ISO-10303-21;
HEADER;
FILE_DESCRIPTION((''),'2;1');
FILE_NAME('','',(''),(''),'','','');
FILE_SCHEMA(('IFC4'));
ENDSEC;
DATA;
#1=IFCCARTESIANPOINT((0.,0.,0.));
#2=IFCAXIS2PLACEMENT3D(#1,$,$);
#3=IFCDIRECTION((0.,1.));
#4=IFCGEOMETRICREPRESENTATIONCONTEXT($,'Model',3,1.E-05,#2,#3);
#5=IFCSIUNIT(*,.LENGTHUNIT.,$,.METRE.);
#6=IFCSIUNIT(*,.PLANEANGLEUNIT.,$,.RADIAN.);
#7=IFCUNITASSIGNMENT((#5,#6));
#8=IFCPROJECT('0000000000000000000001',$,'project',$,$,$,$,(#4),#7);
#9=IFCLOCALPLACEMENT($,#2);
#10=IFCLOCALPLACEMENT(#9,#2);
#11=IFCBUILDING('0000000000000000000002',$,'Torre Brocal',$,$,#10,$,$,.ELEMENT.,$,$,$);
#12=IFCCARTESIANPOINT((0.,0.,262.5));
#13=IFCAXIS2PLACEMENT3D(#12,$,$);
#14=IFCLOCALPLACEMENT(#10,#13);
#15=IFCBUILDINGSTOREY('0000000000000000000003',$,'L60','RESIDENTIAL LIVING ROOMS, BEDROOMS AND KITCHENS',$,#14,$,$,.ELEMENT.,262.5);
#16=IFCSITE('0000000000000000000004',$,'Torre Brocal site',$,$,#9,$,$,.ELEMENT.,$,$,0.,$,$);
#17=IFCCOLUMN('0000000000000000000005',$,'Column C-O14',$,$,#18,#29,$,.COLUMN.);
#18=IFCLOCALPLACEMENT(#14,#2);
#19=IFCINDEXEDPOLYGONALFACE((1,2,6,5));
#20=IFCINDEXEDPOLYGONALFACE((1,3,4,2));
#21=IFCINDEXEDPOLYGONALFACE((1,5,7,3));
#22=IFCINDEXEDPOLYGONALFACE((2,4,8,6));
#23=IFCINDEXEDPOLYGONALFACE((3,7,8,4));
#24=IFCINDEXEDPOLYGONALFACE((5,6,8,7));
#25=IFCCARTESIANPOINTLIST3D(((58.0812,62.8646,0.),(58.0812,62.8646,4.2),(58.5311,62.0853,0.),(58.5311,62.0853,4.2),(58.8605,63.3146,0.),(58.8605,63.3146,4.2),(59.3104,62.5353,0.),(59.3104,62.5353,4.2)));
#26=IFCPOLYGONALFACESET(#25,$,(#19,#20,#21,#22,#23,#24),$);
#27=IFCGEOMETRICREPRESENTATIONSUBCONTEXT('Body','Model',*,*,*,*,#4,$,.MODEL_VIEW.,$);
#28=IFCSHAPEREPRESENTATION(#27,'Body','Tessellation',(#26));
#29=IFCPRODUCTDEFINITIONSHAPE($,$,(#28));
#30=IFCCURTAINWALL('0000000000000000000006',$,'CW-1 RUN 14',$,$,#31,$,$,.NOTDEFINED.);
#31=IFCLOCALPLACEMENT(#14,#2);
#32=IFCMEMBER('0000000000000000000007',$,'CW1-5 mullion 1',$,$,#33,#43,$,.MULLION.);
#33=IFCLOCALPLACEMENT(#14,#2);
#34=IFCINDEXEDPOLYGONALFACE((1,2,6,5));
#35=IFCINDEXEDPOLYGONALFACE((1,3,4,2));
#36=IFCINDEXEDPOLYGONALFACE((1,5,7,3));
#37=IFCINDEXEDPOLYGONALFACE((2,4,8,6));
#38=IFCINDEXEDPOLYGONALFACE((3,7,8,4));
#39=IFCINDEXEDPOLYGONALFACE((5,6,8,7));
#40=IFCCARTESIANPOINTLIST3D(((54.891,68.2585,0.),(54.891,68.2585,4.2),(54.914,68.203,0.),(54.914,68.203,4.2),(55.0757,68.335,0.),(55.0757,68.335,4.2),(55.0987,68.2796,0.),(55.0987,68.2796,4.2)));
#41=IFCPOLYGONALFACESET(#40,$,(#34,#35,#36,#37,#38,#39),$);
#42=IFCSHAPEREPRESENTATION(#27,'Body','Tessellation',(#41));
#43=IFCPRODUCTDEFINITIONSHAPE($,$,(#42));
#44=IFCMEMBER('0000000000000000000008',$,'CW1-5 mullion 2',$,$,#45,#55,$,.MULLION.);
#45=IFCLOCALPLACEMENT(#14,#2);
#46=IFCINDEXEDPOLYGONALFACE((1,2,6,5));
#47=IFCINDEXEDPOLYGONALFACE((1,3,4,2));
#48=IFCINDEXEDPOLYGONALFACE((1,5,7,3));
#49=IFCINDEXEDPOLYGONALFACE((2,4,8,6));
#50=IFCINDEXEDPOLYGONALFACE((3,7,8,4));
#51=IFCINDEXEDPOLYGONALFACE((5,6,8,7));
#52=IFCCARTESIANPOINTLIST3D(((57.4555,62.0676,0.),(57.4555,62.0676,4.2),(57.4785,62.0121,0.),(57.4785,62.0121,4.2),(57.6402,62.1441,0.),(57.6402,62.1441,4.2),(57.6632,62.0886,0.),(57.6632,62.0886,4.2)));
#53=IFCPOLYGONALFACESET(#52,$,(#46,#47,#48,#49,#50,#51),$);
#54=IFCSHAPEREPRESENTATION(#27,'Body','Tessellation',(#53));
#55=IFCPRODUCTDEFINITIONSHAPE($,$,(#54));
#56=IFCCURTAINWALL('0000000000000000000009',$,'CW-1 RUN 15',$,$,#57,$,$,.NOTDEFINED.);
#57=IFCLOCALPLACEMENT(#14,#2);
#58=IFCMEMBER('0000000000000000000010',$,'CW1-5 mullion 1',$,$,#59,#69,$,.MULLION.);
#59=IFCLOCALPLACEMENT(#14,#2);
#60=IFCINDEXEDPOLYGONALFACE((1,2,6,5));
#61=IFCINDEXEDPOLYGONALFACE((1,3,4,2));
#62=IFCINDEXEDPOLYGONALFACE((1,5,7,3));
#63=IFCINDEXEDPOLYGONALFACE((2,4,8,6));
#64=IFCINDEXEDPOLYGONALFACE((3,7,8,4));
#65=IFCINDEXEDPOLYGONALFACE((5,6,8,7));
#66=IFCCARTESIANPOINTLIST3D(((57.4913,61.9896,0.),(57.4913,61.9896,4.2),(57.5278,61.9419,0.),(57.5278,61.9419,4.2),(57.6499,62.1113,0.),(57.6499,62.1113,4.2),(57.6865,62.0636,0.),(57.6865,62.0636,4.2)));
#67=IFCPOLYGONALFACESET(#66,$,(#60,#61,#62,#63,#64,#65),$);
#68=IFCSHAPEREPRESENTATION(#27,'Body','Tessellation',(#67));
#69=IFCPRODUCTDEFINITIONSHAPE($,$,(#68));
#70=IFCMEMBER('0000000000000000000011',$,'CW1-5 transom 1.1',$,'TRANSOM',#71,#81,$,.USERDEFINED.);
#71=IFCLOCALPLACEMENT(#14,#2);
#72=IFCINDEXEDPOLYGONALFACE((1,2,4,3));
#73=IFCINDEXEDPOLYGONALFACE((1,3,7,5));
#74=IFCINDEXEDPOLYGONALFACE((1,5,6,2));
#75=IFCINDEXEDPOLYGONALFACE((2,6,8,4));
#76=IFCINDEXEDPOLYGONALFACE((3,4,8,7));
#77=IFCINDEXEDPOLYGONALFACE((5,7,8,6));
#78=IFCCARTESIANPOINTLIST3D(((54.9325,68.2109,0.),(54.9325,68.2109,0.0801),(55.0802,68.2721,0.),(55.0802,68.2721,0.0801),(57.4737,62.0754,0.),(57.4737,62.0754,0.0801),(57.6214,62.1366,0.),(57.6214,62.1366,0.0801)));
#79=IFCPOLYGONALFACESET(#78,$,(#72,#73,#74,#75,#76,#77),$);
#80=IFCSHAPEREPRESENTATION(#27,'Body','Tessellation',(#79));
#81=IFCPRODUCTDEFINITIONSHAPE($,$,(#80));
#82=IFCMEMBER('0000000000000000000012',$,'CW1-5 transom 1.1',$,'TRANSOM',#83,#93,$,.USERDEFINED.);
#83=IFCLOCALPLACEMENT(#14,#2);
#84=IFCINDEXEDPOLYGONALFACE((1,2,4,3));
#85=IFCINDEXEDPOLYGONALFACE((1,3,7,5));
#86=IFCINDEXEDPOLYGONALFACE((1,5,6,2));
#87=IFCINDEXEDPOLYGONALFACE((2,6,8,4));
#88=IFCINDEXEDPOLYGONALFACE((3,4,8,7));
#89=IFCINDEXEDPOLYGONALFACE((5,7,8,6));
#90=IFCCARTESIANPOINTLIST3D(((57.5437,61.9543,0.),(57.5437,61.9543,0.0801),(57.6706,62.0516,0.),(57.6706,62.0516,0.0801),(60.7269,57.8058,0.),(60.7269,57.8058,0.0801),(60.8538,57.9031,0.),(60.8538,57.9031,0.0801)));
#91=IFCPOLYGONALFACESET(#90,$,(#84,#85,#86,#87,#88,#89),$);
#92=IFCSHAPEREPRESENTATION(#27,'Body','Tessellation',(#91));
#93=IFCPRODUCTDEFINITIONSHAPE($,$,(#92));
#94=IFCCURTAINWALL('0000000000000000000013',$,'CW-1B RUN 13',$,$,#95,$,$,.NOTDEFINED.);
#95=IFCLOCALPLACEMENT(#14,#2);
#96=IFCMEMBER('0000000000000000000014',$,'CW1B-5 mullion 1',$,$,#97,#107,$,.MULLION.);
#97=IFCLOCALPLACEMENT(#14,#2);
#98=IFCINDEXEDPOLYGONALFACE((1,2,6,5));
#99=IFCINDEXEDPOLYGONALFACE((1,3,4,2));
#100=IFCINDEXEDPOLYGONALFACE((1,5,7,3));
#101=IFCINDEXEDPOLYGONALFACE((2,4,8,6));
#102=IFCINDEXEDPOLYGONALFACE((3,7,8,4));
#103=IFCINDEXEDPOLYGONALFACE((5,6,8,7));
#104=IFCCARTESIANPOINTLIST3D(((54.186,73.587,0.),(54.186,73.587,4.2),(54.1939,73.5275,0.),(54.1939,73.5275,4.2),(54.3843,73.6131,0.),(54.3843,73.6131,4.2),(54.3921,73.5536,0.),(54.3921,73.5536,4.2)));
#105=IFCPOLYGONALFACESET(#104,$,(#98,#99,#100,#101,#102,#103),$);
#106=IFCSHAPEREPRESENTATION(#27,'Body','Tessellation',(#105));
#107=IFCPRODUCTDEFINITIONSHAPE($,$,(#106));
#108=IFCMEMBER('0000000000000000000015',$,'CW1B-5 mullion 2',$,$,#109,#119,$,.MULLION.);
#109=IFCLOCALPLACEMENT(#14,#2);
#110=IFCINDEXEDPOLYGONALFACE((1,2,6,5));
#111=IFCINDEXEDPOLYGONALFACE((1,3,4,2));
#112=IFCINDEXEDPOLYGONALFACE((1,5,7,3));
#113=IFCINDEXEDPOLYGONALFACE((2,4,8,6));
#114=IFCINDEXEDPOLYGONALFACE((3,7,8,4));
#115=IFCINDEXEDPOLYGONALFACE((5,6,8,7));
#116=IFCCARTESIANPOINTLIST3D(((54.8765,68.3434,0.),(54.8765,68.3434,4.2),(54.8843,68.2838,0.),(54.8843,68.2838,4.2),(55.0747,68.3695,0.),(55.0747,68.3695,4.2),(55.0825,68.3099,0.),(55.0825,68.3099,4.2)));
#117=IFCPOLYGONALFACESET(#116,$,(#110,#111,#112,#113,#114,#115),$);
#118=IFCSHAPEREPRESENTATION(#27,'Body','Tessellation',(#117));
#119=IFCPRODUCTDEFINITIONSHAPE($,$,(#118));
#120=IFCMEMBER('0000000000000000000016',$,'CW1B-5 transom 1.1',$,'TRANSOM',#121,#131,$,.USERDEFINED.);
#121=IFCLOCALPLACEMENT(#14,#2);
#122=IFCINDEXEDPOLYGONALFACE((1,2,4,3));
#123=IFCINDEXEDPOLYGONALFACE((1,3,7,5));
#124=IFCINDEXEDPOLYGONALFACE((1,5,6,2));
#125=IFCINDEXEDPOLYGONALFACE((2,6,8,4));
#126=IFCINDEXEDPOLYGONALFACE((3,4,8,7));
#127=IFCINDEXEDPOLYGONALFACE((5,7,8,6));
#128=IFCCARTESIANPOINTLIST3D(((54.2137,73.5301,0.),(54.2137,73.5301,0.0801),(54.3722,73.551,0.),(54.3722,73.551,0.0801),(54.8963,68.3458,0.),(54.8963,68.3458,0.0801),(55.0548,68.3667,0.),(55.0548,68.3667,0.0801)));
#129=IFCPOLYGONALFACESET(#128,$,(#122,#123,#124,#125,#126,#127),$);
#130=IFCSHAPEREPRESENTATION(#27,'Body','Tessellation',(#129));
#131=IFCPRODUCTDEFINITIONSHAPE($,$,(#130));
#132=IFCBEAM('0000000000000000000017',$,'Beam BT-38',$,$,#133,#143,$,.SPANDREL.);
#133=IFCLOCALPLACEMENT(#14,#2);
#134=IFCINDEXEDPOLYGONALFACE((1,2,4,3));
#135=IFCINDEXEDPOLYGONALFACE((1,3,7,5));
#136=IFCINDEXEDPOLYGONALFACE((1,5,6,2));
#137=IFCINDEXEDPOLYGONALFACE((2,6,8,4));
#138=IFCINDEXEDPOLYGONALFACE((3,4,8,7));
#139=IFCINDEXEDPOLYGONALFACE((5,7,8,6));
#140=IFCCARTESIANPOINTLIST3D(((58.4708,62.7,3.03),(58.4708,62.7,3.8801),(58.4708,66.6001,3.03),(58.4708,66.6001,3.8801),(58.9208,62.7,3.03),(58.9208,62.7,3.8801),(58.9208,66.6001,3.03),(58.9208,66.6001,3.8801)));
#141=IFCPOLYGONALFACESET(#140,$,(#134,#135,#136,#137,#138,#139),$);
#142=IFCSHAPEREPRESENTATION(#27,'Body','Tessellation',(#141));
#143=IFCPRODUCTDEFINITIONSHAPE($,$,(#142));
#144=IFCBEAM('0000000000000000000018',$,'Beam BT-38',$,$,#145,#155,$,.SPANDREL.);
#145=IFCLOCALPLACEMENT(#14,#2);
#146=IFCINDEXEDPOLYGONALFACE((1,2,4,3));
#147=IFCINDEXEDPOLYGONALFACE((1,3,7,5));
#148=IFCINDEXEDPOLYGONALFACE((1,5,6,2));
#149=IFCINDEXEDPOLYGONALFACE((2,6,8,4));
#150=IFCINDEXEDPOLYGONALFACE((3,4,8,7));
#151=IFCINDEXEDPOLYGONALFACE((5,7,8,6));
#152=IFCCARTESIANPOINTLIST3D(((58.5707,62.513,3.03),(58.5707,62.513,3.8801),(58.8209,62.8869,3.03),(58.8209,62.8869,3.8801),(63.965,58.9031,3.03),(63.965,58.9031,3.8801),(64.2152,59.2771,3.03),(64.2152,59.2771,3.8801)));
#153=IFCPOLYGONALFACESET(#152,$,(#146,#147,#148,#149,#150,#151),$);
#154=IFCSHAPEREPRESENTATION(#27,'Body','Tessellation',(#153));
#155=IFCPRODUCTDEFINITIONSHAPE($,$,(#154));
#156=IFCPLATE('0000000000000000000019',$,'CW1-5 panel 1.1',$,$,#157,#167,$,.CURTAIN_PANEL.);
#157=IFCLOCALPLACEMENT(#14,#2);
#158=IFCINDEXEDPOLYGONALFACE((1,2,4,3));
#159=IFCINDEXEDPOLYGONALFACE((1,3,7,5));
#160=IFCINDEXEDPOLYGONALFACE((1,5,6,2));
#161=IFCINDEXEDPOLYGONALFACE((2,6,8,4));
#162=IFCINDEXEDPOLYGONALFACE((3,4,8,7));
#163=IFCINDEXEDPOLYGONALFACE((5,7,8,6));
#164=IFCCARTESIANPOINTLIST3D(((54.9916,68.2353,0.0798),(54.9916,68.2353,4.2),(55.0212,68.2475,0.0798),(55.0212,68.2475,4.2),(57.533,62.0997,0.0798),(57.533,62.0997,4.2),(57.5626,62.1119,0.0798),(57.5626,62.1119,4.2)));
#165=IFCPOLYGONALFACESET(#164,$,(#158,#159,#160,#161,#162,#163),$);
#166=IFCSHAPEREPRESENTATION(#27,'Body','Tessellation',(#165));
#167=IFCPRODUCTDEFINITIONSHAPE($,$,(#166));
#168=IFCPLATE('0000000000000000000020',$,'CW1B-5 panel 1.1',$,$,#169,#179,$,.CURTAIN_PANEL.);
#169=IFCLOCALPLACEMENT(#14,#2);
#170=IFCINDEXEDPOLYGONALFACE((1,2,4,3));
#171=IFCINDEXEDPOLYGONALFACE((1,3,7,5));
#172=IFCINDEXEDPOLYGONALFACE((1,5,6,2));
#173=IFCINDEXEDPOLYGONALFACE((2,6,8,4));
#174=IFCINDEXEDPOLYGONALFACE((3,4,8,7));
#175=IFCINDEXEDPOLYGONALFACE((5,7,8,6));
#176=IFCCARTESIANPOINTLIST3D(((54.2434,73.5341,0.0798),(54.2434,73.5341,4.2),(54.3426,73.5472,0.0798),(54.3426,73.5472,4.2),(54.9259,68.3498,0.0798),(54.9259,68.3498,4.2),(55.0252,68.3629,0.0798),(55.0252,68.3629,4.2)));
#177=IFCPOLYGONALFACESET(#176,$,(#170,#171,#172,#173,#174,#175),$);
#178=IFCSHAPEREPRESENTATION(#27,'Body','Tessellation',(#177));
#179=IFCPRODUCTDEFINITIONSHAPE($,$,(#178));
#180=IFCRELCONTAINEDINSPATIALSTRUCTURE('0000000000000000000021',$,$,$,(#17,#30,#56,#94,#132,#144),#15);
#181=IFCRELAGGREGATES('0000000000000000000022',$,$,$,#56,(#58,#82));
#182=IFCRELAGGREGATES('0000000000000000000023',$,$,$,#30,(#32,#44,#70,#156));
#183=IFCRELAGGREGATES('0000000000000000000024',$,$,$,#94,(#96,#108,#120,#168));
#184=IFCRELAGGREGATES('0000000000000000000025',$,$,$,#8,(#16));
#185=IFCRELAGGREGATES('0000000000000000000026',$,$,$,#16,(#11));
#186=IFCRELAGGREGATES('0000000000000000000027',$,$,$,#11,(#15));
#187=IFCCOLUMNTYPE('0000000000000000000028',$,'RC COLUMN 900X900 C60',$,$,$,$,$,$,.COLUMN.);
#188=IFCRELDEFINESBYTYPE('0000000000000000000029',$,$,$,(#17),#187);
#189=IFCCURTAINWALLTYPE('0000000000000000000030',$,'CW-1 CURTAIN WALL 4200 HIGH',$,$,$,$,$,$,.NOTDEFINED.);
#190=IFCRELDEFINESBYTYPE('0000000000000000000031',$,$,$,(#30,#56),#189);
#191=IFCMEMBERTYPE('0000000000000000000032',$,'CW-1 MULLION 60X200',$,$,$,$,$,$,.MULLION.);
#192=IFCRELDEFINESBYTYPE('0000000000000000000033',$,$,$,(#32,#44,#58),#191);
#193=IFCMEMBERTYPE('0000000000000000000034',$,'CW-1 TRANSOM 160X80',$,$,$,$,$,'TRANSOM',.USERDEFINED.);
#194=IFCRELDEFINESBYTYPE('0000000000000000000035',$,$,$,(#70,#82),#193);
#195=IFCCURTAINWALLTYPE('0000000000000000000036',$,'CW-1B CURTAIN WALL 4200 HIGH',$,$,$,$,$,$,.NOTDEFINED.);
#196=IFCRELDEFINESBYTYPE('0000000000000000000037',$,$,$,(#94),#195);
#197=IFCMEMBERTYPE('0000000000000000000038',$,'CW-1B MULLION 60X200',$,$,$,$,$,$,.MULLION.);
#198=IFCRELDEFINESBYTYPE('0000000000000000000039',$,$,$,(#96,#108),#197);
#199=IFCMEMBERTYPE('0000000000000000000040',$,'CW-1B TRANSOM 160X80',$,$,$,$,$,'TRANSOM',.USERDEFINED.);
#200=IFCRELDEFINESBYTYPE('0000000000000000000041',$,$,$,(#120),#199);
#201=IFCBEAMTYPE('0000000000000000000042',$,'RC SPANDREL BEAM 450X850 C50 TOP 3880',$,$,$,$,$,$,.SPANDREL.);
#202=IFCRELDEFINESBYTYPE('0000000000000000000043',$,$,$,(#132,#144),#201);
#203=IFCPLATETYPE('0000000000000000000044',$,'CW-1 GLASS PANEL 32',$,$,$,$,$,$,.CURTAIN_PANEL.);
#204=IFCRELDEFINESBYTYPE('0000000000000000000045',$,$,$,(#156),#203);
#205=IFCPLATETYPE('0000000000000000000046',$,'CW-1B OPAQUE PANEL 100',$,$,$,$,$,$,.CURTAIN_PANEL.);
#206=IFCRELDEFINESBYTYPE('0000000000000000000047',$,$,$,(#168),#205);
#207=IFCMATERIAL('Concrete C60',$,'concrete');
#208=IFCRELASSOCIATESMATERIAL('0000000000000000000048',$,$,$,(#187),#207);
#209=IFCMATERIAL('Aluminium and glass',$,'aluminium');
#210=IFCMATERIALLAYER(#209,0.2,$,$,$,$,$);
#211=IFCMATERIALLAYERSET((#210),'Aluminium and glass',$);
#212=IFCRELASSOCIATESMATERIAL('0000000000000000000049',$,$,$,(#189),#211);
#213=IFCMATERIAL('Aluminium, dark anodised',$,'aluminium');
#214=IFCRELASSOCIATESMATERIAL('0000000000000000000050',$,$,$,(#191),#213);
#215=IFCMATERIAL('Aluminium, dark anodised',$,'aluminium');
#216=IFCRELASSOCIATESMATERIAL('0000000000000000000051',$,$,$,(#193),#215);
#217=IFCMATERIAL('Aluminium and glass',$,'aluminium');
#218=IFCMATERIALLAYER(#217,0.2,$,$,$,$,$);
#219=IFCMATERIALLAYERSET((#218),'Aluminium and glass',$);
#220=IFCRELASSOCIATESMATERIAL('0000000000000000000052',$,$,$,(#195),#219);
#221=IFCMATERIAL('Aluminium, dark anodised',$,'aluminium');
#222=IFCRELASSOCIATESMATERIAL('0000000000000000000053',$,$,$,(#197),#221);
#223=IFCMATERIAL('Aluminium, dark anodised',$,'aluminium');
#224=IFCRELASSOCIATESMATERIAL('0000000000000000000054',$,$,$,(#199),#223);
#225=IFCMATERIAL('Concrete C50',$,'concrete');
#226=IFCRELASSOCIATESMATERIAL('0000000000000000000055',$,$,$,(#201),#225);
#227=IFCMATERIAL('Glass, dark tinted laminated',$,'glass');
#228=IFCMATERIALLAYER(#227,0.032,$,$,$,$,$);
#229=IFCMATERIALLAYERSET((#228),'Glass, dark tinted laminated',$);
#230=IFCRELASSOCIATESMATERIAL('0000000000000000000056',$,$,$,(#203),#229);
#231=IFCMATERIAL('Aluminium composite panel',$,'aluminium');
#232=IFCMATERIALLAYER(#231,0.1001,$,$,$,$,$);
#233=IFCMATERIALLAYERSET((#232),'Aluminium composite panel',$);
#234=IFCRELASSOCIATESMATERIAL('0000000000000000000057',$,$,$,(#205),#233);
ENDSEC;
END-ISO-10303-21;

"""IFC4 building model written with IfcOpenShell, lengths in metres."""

from ifc_helpers import new_model, si_unit, direction, frame, origin, origin_2d, place, context, subcontext, project, spatial, rectangle, extrude, material, layer, layer_set, material_profile, profile_set, type_object, element, aggregate, save


model = new_model("IFC4")

# Units and contexts
model_context = context("Model", 3, precision=1e-05, world=origin(), true_north=direction((0.0, 1.0)))
body_context = subcontext(model_context, "Body", "Model", "MODEL_VIEW")
ifc_project = project(units=[si_unit("LENGTHUNIT", "METRE"), si_unit("PLANEANGLEUNIT", "RADIAN")], contexts=[model_context])

# Site, building, storey
site_placement = place(None, origin())
site = spatial("IfcSite", under=ifc_project, at=site_placement, Name="Torre Brocal site", CompositionType="ELEMENT", RefElevation=0.0)
building_placement = place(site_placement, origin())
building = spatial("IfcBuilding", under=site, at=building_placement, Name="Torre Brocal", CompositionType="ELEMENT")
storey_placement = place(building_placement, frame((0.0, 0.0, 262.5)))
storey = spatial("IfcBuildingStorey", under=building, at=storey_placement, Name="L60", Description="RESIDENTIAL LIVING ROOMS, BEDROOMS AND KITCHENS", CompositionType="ELEMENT", Elevation=262.5)

# Column
ifc_material_1 = material(Name="Concrete C60", Category="concrete")
ifc_material_profile_1 = material_profile(ifc_material_1, rectangle(XDim=0.8999, YDim=0.8999, at=origin_2d()), Name="RC 900X900")
ifc_profile_set_1 = profile_set([ifc_material_profile_1], Name="Concrete C60")
column_type = type_object("IfcColumnType", Name="RC COLUMN 900X900 C60", PredefinedType="COLUMN", material=ifc_profile_set_1)
column_placement = place(storey_placement, frame((58.6958, 62.7, 0.0), z_axis=(0.0, 0.0, 1.0), x_axis=(-0.866025, -0.5, 0.0)))
element("IfcColumn", 1, at=column_placement, inside=storey, type_object=column_type, Name="Column C-O14", PredefinedType="COLUMN", context=body_context, shape_type="SweptSolid", body=[
    extrude(rectangle(XDim=0.8999, YDim=0.8999, at=origin_2d()), origin(), (0.0, 0.0, 1.0), 4.2),
])

# Curtain wall, members
ifc_material_2 = material(Name="Aluminium and glass", Category="aluminium")
ifc_layer_1 = layer(ifc_material_2, 0.2)
ifc_layer_set_1 = layer_set([ifc_layer_1], Name="Aluminium and glass")
curtain_wall_type_1 = type_object("IfcCurtainWallType", Name="CW-1 CURTAIN WALL 4200 HIGH", PredefinedType="NOTDEFINED", material=ifc_layer_set_1)
curtain_wall_1_placement = place(storey_placement, origin())
curtain_wall_1 = element("IfcCurtainWall", 2, at=curtain_wall_1_placement, inside=storey, type_object=curtain_wall_type_1, Name="CW-1 RUN 14", PredefinedType="NOTDEFINED")
ifc_material_3 = material(Name="Aluminium, dark anodised", Category="aluminium")
ifc_material_profile_2 = material_profile(ifc_material_3, rectangle(XDim=0.2, YDim=0.0601, at=origin_2d()), Name="CW-1 MULLION 60X200")
ifc_profile_set_2 = profile_set([ifc_material_profile_2], Name="Aluminium, dark anodised")
member_type_1 = type_object("IfcMemberType", Name="CW-1 MULLION 60X200", PredefinedType="MULLION", material=ifc_profile_set_2)
member_1_placement = place(storey_placement, frame((54.9949, 68.269, 0.0), z_axis=(0.0, 0.0, 1.0), x_axis=(0.92388, 0.382683, 0.0)))
member_1 = element("IfcMember", 3, at=member_1_placement, type_object=member_type_1, Name="CW1-5 mullion 1", PredefinedType="MULLION", context=body_context, shape_type="SweptSolid", body=[
    extrude(rectangle(XDim=0.2, YDim=0.0601, at=origin_2d()), origin(), (0.0, 0.0, 1.0), 4.2),
])
member_2_placement = place(storey_placement, frame((57.5593, 62.0781, 0.0), z_axis=(0.0, 0.0, 1.0), x_axis=(0.92388, 0.382683, 0.0)))
member_2 = element("IfcMember", 4, at=member_2_placement, type_object=member_type_1, Name="CW1-5 mullion 2", PredefinedType="MULLION", context=body_context, shape_type="SweptSolid", body=[
    extrude(rectangle(XDim=0.2, YDim=0.0601, at=origin_2d()), origin(), (0.0, 0.0, 1.0), 4.2),
])

# Curtain wall, member
curtain_wall_2_placement = place(storey_placement, origin())
curtain_wall_2 = element("IfcCurtainWall", 5, at=curtain_wall_2_placement, inside=storey, type_object=curtain_wall_type_1, Name="CW-1 RUN 15", PredefinedType="NOTDEFINED")
member_3_placement = place(storey_placement, frame((57.5889, 62.0266, 0.0), z_axis=(0.0, 0.0, 1.0), x_axis=(0.793353, 0.608761, 0.0)))
member_3 = element("IfcMember", 6, at=member_3_placement, type_object=member_type_1, Name="CW1-5 mullion 1", PredefinedType="MULLION", context=body_context, shape_type="SweptSolid", body=[
    extrude(rectangle(XDim=0.2, YDim=0.0601, at=origin_2d()), origin(), (0.0, 0.0, 1.0), 4.2),
])

# Members
ifc_material_4 = material(Name="Aluminium, dark anodised", Category="aluminium")
ifc_material_profile_3 = material_profile(ifc_material_4, rectangle(XDim=0.1599, YDim=0.0801, at=origin_2d()), Name="CW-1 TRANSOM 160X80")
ifc_profile_set_3 = profile_set([ifc_material_profile_3], Name="Aluminium, dark anodised")
member_type_2 = type_object("IfcMemberType", Name="CW-1 TRANSOM 160X80", ElementType="TRANSOM", PredefinedType="USERDEFINED", material=ifc_profile_set_3)
member_4_placement = place(storey_placement, frame((55.0063, 68.2415, 0.04), z_axis=(0.382665, -0.923887, 0.0), x_axis=(0.923887, 0.382665, 0.0)))
member_4 = element("IfcMember", 7, at=member_4_placement, type_object=member_type_2, Name="CW1-5 transom 1.1", ObjectType="TRANSOM", PredefinedType="USERDEFINED", context=body_context, shape_type="SweptSolid", body=[
    extrude(rectangle(XDim=0.1599, YDim=0.0801, at=origin_2d()), origin(), (0.0, 0.0, 1.0), 6.6409),
])
member_5_placement = place(storey_placement, frame((57.6072, 62.0029, 0.04), z_axis=(0.608749, -0.793363, 0.0), x_axis=(0.793363, 0.608749, 0.0)))
member_5 = element("IfcMember", 8, at=member_5_placement, type_object=member_type_2, Name="CW1-5 transom 1.1", ObjectType="TRANSOM", PredefinedType="USERDEFINED", context=body_context, shape_type="SweptSolid", body=[
    extrude(rectangle(XDim=0.1599, YDim=0.0801, at=origin_2d()), origin(), (0.0, 0.0, 1.0), 5.229),
])
aggregate(curtain_wall_2, [member_3, member_5])

# Curtain wall, members
ifc_material_5 = material(Name="Aluminium and glass", Category="aluminium")
ifc_layer_2 = layer(ifc_material_5, 0.2)
ifc_layer_set_2 = layer_set([ifc_layer_2], Name="Aluminium and glass")
curtain_wall_type_2 = type_object("IfcCurtainWallType", Name="CW-1B CURTAIN WALL 4200 HIGH", PredefinedType="NOTDEFINED", material=ifc_layer_set_2)
curtain_wall_3_placement = place(storey_placement, origin())
curtain_wall_3 = element("IfcCurtainWall", 9, at=curtain_wall_3_placement, inside=storey, type_object=curtain_wall_type_2, Name="CW-1B RUN 13", PredefinedType="NOTDEFINED")
ifc_material_6 = material(Name="Aluminium, dark anodised", Category="aluminium")
ifc_material_profile_4 = material_profile(ifc_material_6, rectangle(XDim=0.2, YDim=0.0601, at=origin_2d()), Name="CW-1B MULLION 60X200")
ifc_profile_set_4 = profile_set([ifc_material_profile_4], Name="Aluminium, dark anodised")
member_type_3 = type_object("IfcMemberType", Name="CW-1B MULLION 60X200", PredefinedType="MULLION", material=ifc_profile_set_4)
member_6_placement = place(storey_placement, frame((54.2891, 73.5703, 0.0), z_axis=(0.0, 0.0, 1.0), x_axis=(0.991445, 0.130526, 0.0)))
member_6 = element("IfcMember", 10, at=member_6_placement, type_object=member_type_3, Name="CW1B-5 mullion 1", PredefinedType="MULLION", context=body_context, shape_type="SweptSolid", body=[
    extrude(rectangle(XDim=0.2, YDim=0.0601, at=origin_2d()), origin(), (0.0, 0.0, 1.0), 4.2),
])
member_7_placement = place(storey_placement, frame((54.9795, 68.3267, 0.0), z_axis=(0.0, 0.0, 1.0), x_axis=(0.991445, 0.130526, 0.0)))
member_7 = element("IfcMember", 11, at=member_7_placement, type_object=member_type_3, Name="CW1B-5 mullion 2", PredefinedType="MULLION", context=body_context, shape_type="SweptSolid", body=[
    extrude(rectangle(XDim=0.2, YDim=0.0601, at=origin_2d()), origin(), (0.0, 0.0, 1.0), 4.2),
])
ifc_material_7 = material(Name="Aluminium, dark anodised", Category="aluminium")
ifc_material_profile_5 = material_profile(ifc_material_7, rectangle(XDim=0.1599, YDim=0.0801, at=origin_2d()), Name="CW-1B TRANSOM 160X80")
ifc_profile_set_5 = profile_set([ifc_material_profile_5], Name="Aluminium, dark anodised")
member_type_4 = type_object("IfcMemberType", Name="CW-1B TRANSOM 160X80", ElementType="TRANSOM", PredefinedType="USERDEFINED", material=ifc_profile_set_5)
member_8_placement = place(storey_placement, frame((54.293, 73.5405, 0.04), z_axis=(0.130543, -0.991443, 0.0), x_axis=(0.991443, 0.130543, 0.0)))
member_8 = element("IfcMember", 12, at=member_8_placement, type_object=member_type_4, Name="CW1B-5 transom 1.1", ObjectType="TRANSOM", PredefinedType="USERDEFINED", context=body_context, shape_type="SweptSolid", body=[
    extrude(rectangle(XDim=0.1599, YDim=0.0801, at=origin_2d()), origin(), (0.0, 0.0, 1.0), 5.229),
])

# Beams
ifc_material_8 = material(Name="Concrete C50", Category="concrete")
ifc_material_profile_6 = material_profile(ifc_material_8, rectangle(XDim=0.45, YDim=0.8501, at=origin_2d()), Name="RC 450X850")
ifc_profile_set_6 = profile_set([ifc_material_profile_6], Name="Concrete C50")
beam_type = type_object("IfcBeamType", Name="RC SPANDREL BEAM 450X850 C50 TOP 3880", PredefinedType="SPANDREL", material=ifc_profile_set_6)
beam_1_placement = place(storey_placement, frame((58.6958, 62.7, 3.4551), z_axis=(0.0, 1.0, 0.0), x_axis=(-1.0, 0.0, 0.0)))
element("IfcBeam", 13, at=beam_1_placement, inside=storey, type_object=beam_type, Name="Beam BT-38", PredefinedType="SPANDREL", context=body_context, shape_type="SweptSolid", body=[
    extrude(rectangle(XDim=0.45, YDim=0.8501, at=origin_2d()), origin(), (0.0, 0.0, 1.0), 3.9001),
])
beam_2_placement = place(storey_placement, frame((58.6958, 62.7, 3.4551), z_axis=(0.831077, -0.556158, 0.0), x_axis=(0.556158, 0.831077, 0.0)))
element("IfcBeam", 14, at=beam_2_placement, inside=storey, type_object=beam_type, Name="Beam BT-38", PredefinedType="SPANDREL", context=body_context, shape_type="SweptSolid", body=[
    extrude(rectangle(XDim=0.45, YDim=0.8501, at=origin_2d()), origin(), (0.0, 0.0, 1.0), 6.4907),
])

# Plates
ifc_material_9 = material(Name="Glass, dark tinted laminated", Category="glass")
ifc_layer_3 = layer(ifc_material_9, 0.032)
ifc_layer_set_3 = layer_set([ifc_layer_3], Name="Glass, dark tinted laminated")
plate_type_1 = type_object("IfcPlateType", Name="CW-1 GLASS PANEL 32", PredefinedType="CURTAIN_PANEL", material=ifc_layer_set_3)
plate_1_placement = place(storey_placement, frame((56.2771, 65.1736, 0.0798), z_axis=(0.0, 0.0, 1.0), x_axis=(0.382683, -0.92388, 0.0)))
plate_1 = element("IfcPlate", 15, at=plate_1_placement, type_object=plate_type_1, Name="CW1-5 panel 1.1", PredefinedType="CURTAIN_PANEL", context=body_context, shape_type="SweptSolid", body=[
    extrude(rectangle(XDim=6.6411, YDim=0.032, at=origin_2d()), origin(), (0.0, 0.0, 1.0), 4.1201),
])
aggregate(curtain_wall_1, [member_1, member_2, member_4, plate_1])
ifc_material_10 = material(Name="Aluminium composite panel", Category="aluminium")
ifc_layer_4 = layer(ifc_material_10, 0.1001)
ifc_layer_set_4 = layer_set([ifc_layer_4], Name="Aluminium composite panel")
plate_type_2 = type_object("IfcPlateType", Name="CW-1B OPAQUE PANEL 100", PredefinedType="CURTAIN_PANEL", material=ifc_layer_set_4)
plate_2_placement = place(storey_placement, frame((54.6343, 70.9485, 0.0798), z_axis=(0.0, 0.0, 1.0), x_axis=(0.130526, -0.991445, 0.0)))
plate_2 = element("IfcPlate", 16, at=plate_2_placement, type_object=plate_type_2, Name="CW1B-5 panel 1.1", PredefinedType="CURTAIN_PANEL", context=body_context, shape_type="SweptSolid", body=[
    extrude(rectangle(XDim=5.229, YDim=0.1001, at=origin_2d()), origin(), (0.0, 0.0, 1.0), 4.1201),
])
aggregate(curtain_wall_3, [member_6, member_7, member_8, plate_2])

save(model, "model.ifc")
